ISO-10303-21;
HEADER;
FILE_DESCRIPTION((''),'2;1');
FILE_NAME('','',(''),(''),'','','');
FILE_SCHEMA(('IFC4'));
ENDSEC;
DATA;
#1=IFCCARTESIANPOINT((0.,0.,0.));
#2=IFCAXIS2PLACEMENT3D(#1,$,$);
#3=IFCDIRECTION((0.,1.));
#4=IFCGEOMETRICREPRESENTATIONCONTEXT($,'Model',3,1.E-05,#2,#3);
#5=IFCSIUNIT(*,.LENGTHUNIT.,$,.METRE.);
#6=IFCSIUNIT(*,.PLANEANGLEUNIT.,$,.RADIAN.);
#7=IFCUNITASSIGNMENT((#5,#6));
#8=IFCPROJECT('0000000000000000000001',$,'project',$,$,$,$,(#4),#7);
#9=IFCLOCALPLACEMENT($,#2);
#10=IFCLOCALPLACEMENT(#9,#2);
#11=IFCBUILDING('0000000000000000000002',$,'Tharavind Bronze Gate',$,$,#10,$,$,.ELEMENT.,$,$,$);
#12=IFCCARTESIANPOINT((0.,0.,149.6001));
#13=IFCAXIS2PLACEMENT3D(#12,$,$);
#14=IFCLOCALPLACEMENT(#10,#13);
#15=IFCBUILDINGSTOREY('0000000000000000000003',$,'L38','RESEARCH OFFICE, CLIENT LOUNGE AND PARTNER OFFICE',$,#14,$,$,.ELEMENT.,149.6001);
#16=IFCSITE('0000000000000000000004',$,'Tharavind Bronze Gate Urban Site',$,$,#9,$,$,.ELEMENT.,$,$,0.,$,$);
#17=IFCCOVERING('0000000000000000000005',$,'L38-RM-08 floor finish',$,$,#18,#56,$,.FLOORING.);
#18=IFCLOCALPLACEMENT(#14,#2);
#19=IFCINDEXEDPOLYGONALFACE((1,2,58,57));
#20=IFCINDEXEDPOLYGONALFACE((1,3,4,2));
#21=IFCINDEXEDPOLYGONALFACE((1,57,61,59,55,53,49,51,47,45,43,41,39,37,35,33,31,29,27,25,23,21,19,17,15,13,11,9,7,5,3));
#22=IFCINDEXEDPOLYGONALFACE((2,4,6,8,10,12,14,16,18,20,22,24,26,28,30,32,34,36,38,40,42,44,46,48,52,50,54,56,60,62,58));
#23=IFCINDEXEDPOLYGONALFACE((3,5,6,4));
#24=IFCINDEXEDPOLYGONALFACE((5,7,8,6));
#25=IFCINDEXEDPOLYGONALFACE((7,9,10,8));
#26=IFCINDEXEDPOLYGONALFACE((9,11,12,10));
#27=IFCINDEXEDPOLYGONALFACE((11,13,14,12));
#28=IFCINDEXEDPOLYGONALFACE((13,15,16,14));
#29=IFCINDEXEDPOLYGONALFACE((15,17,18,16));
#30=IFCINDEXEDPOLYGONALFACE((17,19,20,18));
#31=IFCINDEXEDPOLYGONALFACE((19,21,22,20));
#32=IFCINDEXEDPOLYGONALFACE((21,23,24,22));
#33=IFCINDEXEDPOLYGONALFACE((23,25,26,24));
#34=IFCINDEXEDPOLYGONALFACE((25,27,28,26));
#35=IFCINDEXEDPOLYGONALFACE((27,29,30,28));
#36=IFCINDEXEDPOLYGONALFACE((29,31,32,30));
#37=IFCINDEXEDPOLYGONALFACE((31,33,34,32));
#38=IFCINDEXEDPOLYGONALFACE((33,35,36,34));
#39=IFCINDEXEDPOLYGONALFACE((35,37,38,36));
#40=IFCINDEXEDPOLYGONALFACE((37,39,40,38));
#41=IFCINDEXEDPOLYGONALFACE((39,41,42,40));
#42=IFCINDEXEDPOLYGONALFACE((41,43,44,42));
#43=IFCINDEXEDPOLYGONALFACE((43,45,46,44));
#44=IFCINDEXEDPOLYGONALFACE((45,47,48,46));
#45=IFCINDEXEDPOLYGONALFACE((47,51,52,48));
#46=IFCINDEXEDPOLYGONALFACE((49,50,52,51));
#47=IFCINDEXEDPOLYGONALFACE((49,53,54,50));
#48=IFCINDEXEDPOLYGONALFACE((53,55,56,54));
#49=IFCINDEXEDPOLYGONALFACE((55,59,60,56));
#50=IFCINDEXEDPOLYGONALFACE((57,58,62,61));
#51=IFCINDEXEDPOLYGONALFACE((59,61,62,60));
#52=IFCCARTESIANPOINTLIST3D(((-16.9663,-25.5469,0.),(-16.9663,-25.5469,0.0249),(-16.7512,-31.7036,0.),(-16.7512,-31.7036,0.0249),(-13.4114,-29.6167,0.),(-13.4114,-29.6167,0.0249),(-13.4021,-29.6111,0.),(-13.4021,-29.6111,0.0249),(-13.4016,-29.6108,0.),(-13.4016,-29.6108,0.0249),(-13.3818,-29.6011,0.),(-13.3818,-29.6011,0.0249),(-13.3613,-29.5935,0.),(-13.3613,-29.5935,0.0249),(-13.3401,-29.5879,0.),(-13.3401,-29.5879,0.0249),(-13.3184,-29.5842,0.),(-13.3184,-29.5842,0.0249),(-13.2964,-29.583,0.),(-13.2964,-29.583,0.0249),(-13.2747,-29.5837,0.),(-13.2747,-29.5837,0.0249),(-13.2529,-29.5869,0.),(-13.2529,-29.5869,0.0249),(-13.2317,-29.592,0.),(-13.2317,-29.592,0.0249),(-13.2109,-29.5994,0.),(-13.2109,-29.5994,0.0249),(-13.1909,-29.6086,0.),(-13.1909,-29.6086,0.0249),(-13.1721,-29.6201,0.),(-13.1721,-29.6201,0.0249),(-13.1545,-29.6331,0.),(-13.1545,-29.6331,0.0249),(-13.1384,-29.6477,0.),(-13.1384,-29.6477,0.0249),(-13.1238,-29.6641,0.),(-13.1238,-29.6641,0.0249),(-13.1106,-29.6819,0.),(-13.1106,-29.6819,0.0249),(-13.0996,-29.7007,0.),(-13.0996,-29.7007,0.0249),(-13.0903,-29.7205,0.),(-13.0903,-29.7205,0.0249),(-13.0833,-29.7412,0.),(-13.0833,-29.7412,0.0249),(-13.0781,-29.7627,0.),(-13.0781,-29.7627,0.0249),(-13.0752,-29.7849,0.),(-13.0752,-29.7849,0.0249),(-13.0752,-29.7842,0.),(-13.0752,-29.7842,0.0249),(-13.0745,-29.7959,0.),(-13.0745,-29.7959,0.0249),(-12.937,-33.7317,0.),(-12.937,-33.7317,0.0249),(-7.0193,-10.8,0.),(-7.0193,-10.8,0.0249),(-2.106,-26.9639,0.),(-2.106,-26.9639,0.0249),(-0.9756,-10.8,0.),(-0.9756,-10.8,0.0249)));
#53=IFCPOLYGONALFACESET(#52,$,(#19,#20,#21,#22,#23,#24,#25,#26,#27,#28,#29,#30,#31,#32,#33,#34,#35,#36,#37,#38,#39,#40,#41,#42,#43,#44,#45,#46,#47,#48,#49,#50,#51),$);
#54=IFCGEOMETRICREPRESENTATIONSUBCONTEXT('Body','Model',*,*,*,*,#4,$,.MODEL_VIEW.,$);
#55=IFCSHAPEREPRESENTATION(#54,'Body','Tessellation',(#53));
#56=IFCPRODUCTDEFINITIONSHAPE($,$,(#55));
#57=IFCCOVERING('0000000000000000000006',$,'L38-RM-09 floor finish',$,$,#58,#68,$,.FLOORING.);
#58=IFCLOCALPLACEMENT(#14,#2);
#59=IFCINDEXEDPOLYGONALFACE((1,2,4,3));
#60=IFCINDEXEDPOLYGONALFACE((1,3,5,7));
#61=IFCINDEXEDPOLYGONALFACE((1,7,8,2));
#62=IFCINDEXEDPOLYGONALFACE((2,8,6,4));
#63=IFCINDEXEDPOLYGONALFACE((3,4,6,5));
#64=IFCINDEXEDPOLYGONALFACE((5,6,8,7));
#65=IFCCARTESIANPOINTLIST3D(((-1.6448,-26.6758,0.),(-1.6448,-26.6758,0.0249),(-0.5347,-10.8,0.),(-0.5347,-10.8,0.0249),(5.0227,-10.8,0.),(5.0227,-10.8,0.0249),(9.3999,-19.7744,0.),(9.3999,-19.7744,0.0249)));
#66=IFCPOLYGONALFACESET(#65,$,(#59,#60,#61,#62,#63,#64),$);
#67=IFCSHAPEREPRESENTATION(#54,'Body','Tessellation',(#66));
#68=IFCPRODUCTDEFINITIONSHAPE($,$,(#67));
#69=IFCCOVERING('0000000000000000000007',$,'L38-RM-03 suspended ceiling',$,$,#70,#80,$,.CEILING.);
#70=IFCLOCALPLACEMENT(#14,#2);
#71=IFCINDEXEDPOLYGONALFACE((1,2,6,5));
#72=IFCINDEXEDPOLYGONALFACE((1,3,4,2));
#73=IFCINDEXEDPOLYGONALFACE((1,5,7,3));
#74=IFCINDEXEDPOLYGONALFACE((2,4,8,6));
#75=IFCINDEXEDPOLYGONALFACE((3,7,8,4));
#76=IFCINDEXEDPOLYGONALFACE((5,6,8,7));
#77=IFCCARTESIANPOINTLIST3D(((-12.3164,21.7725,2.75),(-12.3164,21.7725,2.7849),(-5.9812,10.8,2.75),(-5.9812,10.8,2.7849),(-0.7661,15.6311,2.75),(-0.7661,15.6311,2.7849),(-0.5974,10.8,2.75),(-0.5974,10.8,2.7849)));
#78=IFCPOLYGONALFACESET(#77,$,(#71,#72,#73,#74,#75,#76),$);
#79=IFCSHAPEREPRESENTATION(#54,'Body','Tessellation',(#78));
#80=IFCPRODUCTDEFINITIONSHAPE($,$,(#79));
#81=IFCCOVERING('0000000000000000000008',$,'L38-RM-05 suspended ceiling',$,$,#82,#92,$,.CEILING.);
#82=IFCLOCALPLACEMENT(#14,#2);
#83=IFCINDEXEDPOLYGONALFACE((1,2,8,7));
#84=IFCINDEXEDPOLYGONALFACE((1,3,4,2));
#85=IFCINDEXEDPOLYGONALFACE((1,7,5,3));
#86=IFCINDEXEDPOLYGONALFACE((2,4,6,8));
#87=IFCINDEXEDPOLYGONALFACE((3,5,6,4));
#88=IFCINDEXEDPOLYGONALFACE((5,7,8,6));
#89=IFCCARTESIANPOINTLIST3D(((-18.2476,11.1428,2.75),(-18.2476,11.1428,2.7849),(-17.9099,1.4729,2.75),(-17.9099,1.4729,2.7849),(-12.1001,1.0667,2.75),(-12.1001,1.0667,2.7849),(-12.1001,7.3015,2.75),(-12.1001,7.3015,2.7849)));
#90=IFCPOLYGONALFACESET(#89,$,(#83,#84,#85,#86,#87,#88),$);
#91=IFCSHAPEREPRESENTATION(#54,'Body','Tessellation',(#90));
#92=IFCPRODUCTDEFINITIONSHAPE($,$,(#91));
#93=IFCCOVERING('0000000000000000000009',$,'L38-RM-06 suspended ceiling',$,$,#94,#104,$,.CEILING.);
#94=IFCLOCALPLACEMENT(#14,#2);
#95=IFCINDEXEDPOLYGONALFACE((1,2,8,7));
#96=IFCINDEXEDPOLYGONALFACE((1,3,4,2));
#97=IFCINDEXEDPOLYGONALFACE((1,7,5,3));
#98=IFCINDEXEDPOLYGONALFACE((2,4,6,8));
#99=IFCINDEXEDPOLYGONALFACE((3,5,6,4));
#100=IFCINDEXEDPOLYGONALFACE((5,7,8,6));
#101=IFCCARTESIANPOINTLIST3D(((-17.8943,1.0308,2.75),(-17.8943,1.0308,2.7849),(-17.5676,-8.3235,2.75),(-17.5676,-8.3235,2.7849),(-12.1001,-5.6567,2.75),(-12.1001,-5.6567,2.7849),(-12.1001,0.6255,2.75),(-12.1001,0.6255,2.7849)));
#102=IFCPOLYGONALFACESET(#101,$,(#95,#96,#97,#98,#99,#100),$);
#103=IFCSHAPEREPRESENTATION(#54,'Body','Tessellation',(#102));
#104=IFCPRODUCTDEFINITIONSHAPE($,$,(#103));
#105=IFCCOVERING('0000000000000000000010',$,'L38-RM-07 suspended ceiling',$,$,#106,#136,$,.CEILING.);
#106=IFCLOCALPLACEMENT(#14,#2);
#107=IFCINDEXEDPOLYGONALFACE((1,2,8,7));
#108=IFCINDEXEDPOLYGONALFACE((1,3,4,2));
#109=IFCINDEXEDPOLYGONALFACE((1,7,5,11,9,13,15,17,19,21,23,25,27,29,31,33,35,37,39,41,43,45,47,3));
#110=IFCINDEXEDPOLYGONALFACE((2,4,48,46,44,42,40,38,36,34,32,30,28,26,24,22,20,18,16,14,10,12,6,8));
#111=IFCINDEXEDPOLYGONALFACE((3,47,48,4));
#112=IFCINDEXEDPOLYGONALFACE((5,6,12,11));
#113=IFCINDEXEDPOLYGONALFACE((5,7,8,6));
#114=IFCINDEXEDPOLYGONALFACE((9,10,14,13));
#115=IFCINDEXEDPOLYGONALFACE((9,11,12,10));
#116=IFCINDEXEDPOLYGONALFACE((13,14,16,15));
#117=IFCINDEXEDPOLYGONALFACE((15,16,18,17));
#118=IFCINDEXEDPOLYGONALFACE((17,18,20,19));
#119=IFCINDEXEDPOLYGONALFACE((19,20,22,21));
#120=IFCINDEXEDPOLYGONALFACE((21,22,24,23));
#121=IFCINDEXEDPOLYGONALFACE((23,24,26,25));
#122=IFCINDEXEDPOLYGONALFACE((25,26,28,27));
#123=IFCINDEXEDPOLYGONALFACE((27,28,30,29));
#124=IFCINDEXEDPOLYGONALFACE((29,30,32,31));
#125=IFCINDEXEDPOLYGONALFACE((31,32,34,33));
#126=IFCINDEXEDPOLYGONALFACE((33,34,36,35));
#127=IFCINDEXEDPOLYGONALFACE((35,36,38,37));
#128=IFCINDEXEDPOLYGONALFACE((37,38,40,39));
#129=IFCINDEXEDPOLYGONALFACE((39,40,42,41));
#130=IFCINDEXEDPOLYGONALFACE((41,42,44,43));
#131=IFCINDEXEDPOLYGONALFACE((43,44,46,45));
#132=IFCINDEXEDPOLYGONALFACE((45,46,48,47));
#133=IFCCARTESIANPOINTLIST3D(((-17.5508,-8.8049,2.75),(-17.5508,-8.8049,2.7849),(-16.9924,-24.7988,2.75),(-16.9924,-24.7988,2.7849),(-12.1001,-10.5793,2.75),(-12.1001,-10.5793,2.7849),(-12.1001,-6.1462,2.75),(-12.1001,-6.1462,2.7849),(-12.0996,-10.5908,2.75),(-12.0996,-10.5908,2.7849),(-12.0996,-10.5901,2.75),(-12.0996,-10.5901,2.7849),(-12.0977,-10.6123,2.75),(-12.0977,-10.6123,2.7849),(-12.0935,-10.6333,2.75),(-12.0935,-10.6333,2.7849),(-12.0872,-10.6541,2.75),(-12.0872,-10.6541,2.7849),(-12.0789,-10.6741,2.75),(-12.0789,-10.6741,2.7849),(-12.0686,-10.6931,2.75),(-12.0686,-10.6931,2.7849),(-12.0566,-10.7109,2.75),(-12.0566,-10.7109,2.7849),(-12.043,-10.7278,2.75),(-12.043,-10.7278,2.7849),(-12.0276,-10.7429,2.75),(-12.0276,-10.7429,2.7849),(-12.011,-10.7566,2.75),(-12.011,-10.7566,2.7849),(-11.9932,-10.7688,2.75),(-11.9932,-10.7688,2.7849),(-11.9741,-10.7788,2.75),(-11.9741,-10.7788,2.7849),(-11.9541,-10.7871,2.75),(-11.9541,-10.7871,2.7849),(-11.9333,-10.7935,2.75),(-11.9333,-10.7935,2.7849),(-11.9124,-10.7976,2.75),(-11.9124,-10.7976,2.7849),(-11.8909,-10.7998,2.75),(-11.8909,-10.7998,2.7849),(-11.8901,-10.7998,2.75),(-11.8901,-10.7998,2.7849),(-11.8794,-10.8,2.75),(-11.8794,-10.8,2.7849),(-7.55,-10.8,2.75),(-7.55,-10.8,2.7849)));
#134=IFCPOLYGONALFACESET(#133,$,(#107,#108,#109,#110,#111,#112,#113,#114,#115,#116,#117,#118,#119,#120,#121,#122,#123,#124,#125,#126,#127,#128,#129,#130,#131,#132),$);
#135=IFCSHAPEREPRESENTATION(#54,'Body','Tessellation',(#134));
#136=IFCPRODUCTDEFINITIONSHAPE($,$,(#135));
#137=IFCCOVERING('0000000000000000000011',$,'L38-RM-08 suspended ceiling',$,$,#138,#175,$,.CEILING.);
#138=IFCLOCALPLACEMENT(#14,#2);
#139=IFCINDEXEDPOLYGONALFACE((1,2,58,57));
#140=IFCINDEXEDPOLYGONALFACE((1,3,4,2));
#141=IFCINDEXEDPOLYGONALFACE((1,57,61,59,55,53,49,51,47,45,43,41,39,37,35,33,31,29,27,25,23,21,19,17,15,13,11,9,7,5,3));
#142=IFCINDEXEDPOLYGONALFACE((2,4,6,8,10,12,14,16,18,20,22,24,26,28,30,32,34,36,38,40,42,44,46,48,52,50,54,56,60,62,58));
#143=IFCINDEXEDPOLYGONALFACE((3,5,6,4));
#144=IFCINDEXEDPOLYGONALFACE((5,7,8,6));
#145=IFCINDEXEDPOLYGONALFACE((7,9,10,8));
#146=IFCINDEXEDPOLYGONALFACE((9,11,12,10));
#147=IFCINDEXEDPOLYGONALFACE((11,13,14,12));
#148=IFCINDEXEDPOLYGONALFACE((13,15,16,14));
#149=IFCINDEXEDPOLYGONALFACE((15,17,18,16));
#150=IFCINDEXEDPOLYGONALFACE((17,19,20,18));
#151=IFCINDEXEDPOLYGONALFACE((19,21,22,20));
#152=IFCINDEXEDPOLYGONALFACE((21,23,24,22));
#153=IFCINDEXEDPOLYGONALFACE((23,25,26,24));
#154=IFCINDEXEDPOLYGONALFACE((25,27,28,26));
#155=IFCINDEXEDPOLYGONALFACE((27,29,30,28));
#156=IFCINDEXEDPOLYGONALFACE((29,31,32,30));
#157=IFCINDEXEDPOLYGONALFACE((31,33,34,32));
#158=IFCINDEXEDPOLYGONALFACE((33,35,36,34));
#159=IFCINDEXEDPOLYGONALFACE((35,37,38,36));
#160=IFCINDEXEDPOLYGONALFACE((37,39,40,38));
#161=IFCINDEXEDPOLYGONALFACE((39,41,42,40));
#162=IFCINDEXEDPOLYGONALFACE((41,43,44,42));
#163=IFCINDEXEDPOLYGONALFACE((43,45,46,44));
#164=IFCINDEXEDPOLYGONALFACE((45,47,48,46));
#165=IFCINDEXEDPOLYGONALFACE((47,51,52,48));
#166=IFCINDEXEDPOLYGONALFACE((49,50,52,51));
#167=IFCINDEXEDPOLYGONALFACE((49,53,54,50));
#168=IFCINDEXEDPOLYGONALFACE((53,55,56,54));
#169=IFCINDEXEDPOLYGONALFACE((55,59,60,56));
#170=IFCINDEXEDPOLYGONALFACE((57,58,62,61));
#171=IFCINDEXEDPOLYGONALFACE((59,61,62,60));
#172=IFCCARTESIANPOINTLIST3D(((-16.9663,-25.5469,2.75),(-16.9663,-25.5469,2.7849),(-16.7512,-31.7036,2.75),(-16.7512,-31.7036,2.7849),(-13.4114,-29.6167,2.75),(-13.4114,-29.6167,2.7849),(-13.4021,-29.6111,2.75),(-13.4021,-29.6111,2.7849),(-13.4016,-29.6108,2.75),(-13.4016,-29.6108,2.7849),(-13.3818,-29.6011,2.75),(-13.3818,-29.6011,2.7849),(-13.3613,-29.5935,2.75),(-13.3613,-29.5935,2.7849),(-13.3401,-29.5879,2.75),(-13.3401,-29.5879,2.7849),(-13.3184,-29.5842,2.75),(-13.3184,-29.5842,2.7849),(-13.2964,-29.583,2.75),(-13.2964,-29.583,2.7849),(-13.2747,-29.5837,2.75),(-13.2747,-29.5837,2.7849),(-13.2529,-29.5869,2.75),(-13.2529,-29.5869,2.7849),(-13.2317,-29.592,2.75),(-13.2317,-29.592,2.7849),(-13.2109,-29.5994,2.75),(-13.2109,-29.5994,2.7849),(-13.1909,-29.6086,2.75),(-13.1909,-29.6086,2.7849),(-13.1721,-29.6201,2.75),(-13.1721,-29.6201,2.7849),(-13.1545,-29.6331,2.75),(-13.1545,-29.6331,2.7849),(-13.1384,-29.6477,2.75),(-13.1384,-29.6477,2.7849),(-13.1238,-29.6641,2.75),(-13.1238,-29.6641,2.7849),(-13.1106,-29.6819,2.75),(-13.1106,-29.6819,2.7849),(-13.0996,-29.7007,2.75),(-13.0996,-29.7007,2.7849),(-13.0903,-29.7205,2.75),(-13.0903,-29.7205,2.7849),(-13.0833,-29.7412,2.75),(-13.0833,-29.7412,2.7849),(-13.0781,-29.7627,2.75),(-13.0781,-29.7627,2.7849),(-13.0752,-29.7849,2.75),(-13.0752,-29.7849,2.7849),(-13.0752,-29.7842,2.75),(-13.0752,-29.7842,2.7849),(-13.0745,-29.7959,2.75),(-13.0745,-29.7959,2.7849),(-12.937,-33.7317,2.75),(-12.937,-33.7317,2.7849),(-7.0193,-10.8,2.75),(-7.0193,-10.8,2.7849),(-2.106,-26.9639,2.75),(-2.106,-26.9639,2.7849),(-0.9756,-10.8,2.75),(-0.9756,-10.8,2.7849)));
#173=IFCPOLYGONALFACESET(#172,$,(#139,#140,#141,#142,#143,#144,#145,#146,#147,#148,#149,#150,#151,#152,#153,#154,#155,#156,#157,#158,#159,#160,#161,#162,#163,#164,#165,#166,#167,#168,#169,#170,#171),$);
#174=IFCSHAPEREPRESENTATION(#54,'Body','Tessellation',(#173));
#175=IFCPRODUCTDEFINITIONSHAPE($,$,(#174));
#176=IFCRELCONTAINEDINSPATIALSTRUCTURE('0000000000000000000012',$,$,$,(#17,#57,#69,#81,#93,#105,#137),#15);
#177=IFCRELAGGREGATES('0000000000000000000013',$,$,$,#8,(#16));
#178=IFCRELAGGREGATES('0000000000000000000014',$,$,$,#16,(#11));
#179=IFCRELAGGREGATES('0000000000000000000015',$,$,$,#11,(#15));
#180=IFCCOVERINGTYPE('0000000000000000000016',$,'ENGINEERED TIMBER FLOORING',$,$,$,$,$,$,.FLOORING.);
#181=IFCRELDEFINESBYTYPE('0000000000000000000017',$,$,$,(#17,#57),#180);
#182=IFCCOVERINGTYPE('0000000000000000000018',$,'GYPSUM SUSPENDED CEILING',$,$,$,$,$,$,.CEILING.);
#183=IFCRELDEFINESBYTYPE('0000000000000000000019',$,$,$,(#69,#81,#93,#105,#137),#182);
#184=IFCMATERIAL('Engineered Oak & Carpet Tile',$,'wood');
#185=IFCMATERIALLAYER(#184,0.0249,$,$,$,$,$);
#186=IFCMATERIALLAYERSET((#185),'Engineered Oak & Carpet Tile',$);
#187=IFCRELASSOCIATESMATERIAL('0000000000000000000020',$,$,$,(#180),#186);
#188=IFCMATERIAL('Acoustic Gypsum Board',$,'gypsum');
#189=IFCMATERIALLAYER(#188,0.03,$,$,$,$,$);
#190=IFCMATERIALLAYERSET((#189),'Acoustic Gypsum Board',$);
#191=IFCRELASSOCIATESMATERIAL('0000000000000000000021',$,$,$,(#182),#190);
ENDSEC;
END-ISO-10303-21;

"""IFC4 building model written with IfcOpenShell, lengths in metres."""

from ifc_helpers import new_model, si_unit, direction, frame, origin, place, context, subcontext, project, spatial, polyline, outline, extrude, material, layer, layer_set, type_object, element, save


model = new_model("IFC4")

# Units and contexts
model_context = context("Model", 3, precision=1e-05, world=origin(), true_north=direction((0.0, 1.0)))
body_context = subcontext(model_context, "Body", "Model", "MODEL_VIEW")
ifc_project = project(units=[si_unit("LENGTHUNIT", "METRE"), si_unit("PLANEANGLEUNIT", "RADIAN")], contexts=[model_context])

# Site, building, storey
site_placement = place(None, origin())
site = spatial("IfcSite", under=ifc_project, at=site_placement, Name="Tharavind Bronze Gate Urban Site", CompositionType="ELEMENT", RefElevation=0.0)
building_placement = place(site_placement, origin())
building = spatial("IfcBuilding", under=site, at=building_placement, Name="Tharavind Bronze Gate", CompositionType="ELEMENT")
storey_placement = place(building_placement, frame((0.0, 0.0, 149.6001)))
storey = spatial("IfcBuildingStorey", under=building, at=storey_placement, Name="L38", Description="RESEARCH OFFICE, CLIENT LOUNGE AND PARTNER OFFICE", CompositionType="ELEMENT", Elevation=149.6001)

# Coverings
ifc_material_1 = material(Name="Engineered Oak & Carpet Tile", Category="wood")
ifc_layer_1 = layer(ifc_material_1, 0.0249)
ifc_layer_set_1 = layer_set([ifc_layer_1], Name="Engineered Oak & Carpet Tile")
covering_type_1 = type_object("IfcCoveringType", Name="ENGINEERED TIMBER FLOORING", PredefinedType="FLOORING", material=ifc_layer_set_1)
covering_1_placement = place(storey_placement, origin())
element("IfcCovering", 1, at=covering_1_placement, inside=storey, type_object=covering_type_1, Name="L38-RM-08 floor finish", PredefinedType="FLOORING", context=body_context, shape_type="SweptSolid", body=[
    extrude(outline(polyline([(-13.4114, -29.6167), (-13.4021, -29.6111), (-13.4016, -29.6108), (-13.3818, -29.6011), (-13.3613, -29.5935), (-13.3401, -29.5879), (-13.3184, -29.5842), (-13.2964, -29.583), (-13.2747, -29.5837), (-13.2529, -29.5869), (-13.2317, -29.592), (-13.2109, -29.5994), (-13.1909, -29.6086), (-13.1721, -29.6201), (-13.1545, -29.6331), (-13.1384, -29.6477), (-13.1238, -29.6641), (-13.1106, -29.6819), (-13.0996, -29.7007), (-13.0903, -29.7205), (-13.0833, -29.7412), (-13.0781, -29.7627), (-13.0752, -29.7842), (-13.0752, -29.7849), (-13.0745, -29.7959), (-12.937, -33.7317), (-2.106, -26.9639), (-0.9756, -10.8), (-7.0193, -10.8), (-16.9663, -25.5469), (-16.7512, -31.7036), (-13.4114, -29.6167)])), origin(), (0.0, 0.0, 1.0), 0.0249),
])
covering_2_placement = place(storey_placement, origin())
element("IfcCovering", 2, at=covering_2_placement, inside=storey, type_object=covering_type_1, Name="L38-RM-09 floor finish", PredefinedType="FLOORING", context=body_context, shape_type="SweptSolid", body=[
    extrude(outline(polyline([(9.3999, -19.7744), (5.0227, -10.8), (-0.5347, -10.8), (-1.6448, -26.6758), (9.3999, -19.7744)])), origin(), (0.0, 0.0, 1.0), 0.0249),
])
ifc_material_2 = material(Name="Acoustic Gypsum Board", Category="gypsum")
ifc_layer_2 = layer(ifc_material_2, 0.03)
ifc_layer_set_2 = layer_set([ifc_layer_2], Name="Acoustic Gypsum Board")
covering_type_2 = type_object("IfcCoveringType", Name="GYPSUM SUSPENDED CEILING", PredefinedType="CEILING", material=ifc_layer_set_2)
covering_3_placement = place(storey_placement, frame((0.0, 0.0, 2.75)))
element("IfcCovering", 3, at=covering_3_placement, inside=storey, type_object=covering_type_2, Name="L38-RM-03 suspended ceiling", PredefinedType="CEILING", context=body_context, shape_type="SweptSolid", body=[
    extrude(outline(polyline([(-5.9812, 10.8), (-0.5974, 10.8), (-0.7661, 15.6311), (-12.3164, 21.7725), (-5.9812, 10.8)])), origin(), (0.0, 0.0, 1.0), 0.0349),
])
covering_4_placement = place(storey_placement, frame((0.0, 0.0, 2.75)))
element("IfcCovering", 4, at=covering_4_placement, inside=storey, type_object=covering_type_2, Name="L38-RM-05 suspended ceiling", PredefinedType="CEILING", context=body_context, shape_type="SweptSolid", body=[
    extrude(outline(polyline([(-17.9099, 1.4729), (-12.1001, 1.0667), (-12.1001, 7.3015), (-18.2476, 11.1428), (-17.9099, 1.4729)])), origin(), (0.0, 0.0, 1.0), 0.0349),
])
covering_5_placement = place(storey_placement, frame((0.0, 0.0, 2.75)))
element("IfcCovering", 5, at=covering_5_placement, inside=storey, type_object=covering_type_2, Name="L38-RM-06 suspended ceiling", PredefinedType="CEILING", context=body_context, shape_type="SweptSolid", body=[
    extrude(outline(polyline([(-17.5676, -8.3235), (-12.1001, -5.6567), (-12.1001, 0.6255), (-17.8943, 1.0308), (-17.5676, -8.3235)])), origin(), (0.0, 0.0, 1.0), 0.0349),
])
covering_6_placement = place(storey_placement, frame((0.0, 0.0, 2.75)))
element("IfcCovering", 6, at=covering_6_placement, inside=storey, type_object=covering_type_2, Name="L38-RM-07 suspended ceiling", PredefinedType="CEILING", context=body_context, shape_type="SweptSolid", body=[
    extrude(outline(polyline([(-16.9924, -24.7988), (-7.55, -10.8), (-11.8794, -10.8), (-11.8901, -10.7998), (-11.8909, -10.7998), (-11.9124, -10.7976), (-11.9333, -10.7935), (-11.9541, -10.7871), (-11.9741, -10.7788), (-11.9932, -10.7688), (-12.011, -10.7566), (-12.0276, -10.7429), (-12.043, -10.7278), (-12.0566, -10.7109), (-12.0686, -10.6931), (-12.0789, -10.6741), (-12.0872, -10.6541), (-12.0935, -10.6333), (-12.0977, -10.6123), (-12.0996, -10.5908), (-12.0996, -10.5901), (-12.1001, -10.5793), (-12.1001, -6.1462), (-17.5508, -8.8049), (-16.9924, -24.7988)])), origin(), (0.0, 0.0, 1.0), 0.0349),
])
covering_7_placement = place(storey_placement, frame((0.0, 0.0, 2.75)))
element("IfcCovering", 7, at=covering_7_placement, inside=storey, type_object=covering_type_2, Name="L38-RM-08 suspended ceiling", PredefinedType="CEILING", context=body_context, shape_type="SweptSolid", body=[
    extrude(outline(polyline([(-13.4114, -29.6167), (-13.4021, -29.6111), (-13.4016, -29.6108), (-13.3818, -29.6011), (-13.3613, -29.5935), (-13.3401, -29.5879), (-13.3184, -29.5842), (-13.2964, -29.583), (-13.2747, -29.5837), (-13.2529, -29.5869), (-13.2317, -29.592), (-13.2109, -29.5994), (-13.1909, -29.6086), (-13.1721, -29.6201), (-13.1545, -29.6331), (-13.1384, -29.6477), (-13.1238, -29.6641), (-13.1106, -29.6819), (-13.0996, -29.7007), (-13.0903, -29.7205), (-13.0833, -29.7412), (-13.0781, -29.7627), (-13.0752, -29.7842), (-13.0752, -29.7849), (-13.0745, -29.7959), (-12.937, -33.7317), (-2.106, -26.9639), (-0.9756, -10.8), (-7.0193, -10.8), (-16.9663, -25.5469), (-16.7512, -31.7036), (-13.4114, -29.6167)])), origin(), (0.0, 0.0, 1.0), 0.0349),
])

save(model, "model.ifc")
